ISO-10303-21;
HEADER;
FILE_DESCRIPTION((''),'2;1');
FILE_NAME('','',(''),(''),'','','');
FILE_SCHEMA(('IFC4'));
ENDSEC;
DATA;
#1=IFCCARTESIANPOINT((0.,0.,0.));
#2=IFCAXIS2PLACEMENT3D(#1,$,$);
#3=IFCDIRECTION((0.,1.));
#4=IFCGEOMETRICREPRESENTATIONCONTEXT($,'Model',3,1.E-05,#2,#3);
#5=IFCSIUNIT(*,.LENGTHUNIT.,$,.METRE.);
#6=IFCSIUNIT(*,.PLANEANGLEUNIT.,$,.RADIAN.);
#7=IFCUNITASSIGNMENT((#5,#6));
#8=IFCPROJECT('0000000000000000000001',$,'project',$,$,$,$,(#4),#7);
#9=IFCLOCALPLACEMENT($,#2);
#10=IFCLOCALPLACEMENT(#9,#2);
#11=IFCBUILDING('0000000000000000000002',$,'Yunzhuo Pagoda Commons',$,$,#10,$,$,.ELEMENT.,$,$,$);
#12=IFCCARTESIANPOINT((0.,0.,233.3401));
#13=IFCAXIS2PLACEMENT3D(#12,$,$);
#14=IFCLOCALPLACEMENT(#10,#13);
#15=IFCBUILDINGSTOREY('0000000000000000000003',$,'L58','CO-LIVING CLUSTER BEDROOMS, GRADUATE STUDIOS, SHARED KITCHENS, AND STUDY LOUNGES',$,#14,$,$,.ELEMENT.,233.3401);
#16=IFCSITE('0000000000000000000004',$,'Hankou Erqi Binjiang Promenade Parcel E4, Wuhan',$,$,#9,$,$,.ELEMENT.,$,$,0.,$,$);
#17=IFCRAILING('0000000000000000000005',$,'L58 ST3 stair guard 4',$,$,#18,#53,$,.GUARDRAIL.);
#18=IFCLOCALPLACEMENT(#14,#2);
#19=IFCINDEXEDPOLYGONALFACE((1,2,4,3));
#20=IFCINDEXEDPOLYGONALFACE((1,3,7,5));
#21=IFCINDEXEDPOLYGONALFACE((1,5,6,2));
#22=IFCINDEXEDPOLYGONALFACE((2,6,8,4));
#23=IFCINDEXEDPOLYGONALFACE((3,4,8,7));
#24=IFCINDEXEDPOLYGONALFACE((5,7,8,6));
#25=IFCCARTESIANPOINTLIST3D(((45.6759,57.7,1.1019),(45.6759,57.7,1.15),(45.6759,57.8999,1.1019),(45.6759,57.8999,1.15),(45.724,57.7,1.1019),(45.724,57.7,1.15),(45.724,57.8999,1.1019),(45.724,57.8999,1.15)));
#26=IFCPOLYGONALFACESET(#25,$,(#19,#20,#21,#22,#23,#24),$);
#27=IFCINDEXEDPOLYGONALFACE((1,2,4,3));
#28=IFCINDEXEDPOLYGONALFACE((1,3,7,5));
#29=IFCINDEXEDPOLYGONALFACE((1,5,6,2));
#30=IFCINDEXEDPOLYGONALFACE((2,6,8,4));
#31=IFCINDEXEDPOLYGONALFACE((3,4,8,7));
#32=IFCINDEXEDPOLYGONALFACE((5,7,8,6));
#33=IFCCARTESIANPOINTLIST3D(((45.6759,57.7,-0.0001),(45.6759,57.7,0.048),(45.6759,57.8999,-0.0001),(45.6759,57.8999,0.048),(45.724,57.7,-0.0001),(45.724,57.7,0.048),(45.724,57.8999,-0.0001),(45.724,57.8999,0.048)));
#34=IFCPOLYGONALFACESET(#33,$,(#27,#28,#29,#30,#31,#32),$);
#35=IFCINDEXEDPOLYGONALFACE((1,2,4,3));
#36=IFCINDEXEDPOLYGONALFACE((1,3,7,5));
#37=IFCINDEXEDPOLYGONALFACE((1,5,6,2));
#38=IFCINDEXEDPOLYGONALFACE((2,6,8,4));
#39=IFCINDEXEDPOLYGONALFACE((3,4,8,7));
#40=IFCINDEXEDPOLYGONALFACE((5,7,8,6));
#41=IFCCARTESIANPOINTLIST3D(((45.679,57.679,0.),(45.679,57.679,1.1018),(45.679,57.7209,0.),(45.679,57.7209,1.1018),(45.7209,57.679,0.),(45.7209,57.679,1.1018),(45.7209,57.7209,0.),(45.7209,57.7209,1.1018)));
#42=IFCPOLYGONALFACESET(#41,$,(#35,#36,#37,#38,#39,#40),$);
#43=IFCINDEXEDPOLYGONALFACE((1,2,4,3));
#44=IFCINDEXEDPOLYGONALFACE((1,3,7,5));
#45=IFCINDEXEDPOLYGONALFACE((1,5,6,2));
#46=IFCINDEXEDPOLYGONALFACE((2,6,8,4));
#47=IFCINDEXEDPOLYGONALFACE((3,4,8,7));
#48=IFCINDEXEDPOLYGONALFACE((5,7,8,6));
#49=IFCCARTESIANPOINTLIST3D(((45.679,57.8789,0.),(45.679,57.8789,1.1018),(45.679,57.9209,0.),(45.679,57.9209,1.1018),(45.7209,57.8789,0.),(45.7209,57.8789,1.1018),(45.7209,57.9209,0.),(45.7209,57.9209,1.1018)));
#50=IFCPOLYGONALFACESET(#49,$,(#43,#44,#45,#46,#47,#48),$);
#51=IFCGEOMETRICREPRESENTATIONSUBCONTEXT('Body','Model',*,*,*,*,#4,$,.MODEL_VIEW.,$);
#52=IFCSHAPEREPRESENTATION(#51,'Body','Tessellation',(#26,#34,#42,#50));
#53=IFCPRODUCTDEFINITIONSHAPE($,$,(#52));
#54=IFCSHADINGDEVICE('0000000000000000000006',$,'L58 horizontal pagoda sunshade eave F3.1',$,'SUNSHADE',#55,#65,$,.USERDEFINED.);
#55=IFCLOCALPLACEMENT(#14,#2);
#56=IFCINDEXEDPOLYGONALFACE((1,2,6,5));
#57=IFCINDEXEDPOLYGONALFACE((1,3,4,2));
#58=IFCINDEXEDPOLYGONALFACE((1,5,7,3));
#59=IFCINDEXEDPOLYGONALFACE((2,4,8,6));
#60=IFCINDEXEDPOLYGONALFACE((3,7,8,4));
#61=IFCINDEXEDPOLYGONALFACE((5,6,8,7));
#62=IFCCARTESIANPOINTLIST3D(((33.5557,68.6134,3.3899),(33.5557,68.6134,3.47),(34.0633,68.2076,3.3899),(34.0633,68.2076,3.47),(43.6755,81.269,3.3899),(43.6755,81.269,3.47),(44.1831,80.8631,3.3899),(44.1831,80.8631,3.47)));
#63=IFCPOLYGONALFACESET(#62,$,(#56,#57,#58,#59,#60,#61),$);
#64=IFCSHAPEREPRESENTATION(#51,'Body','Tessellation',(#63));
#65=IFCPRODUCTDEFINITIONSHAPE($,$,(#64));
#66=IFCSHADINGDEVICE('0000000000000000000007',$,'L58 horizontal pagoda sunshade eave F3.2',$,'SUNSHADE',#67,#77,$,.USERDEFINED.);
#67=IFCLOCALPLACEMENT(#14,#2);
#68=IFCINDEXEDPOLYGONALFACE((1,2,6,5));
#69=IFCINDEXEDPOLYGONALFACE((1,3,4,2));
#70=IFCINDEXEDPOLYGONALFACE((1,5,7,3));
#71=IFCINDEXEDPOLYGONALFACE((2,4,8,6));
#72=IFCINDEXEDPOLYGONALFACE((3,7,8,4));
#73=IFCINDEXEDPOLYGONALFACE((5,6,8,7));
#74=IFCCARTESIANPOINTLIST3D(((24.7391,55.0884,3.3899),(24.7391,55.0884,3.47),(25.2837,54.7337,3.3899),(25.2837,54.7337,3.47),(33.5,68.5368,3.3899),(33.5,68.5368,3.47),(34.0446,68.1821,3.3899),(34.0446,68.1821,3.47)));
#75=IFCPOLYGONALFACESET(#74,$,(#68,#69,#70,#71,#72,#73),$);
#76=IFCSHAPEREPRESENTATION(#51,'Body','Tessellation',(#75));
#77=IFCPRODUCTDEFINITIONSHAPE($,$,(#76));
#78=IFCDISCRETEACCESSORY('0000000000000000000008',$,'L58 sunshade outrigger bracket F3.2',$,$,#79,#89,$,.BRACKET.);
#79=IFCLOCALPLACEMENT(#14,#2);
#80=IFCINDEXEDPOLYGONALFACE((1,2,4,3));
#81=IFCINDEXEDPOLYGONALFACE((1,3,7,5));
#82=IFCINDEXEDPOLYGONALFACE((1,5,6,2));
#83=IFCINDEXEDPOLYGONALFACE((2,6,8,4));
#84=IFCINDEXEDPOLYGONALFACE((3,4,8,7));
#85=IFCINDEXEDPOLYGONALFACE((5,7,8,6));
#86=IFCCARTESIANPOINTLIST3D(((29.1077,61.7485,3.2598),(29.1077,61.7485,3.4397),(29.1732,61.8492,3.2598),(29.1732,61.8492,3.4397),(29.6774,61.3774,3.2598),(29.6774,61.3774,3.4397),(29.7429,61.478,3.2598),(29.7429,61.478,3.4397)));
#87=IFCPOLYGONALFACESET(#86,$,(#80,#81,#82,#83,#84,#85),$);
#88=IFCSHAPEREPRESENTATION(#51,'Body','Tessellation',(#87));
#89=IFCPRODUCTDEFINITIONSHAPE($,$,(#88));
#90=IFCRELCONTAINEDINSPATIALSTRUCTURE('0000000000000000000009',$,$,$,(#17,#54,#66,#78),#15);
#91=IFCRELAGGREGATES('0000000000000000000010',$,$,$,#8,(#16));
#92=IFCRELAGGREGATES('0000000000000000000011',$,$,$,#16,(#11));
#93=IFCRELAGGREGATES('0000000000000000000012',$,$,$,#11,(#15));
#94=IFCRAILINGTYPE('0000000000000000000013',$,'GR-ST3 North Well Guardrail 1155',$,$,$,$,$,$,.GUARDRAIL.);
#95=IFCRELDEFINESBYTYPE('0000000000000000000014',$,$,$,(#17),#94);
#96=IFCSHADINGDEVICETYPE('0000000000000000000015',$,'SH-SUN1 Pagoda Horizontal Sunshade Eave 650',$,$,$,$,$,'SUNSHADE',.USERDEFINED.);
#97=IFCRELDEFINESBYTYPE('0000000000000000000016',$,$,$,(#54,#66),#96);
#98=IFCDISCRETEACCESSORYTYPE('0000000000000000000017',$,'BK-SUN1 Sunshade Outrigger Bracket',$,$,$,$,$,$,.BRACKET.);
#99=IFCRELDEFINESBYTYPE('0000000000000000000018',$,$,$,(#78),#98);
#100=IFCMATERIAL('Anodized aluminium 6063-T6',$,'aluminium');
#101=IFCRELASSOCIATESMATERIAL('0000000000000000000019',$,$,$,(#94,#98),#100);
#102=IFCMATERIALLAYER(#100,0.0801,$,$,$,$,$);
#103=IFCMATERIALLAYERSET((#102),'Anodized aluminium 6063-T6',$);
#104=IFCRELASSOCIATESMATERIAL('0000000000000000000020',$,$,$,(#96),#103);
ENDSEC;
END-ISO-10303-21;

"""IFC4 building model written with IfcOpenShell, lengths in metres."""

from ifc_helpers import new_model, si_unit, direction, frame, origin, origin_2d, place, context, subcontext, project, spatial, rectangle, extrude, source, transform, mapped, material, layer, layer_set, type_object, element, save


model = new_model("IFC4")

# Units and contexts
model_context = context("Model", 3, precision=1e-05, world=origin(), true_north=direction((0.0, 1.0)))
body_context = subcontext(model_context, "Body", "Model", "MODEL_VIEW")
ifc_project = project(units=[si_unit("LENGTHUNIT", "METRE"), si_unit("PLANEANGLEUNIT", "RADIAN")], contexts=[model_context])

# Site, building, storey
site_placement = place(None, origin())
site = spatial("IfcSite", under=ifc_project, at=site_placement, Name="Hankou Erqi Binjiang Promenade Parcel E4, Wuhan", CompositionType="ELEMENT", RefElevation=0.0)
building_placement = place(site_placement, origin())
building = spatial("IfcBuilding", under=site, at=building_placement, Name="Yunzhuo Pagoda Commons", CompositionType="ELEMENT")
storey_placement = place(building_placement, frame((0.0, 0.0, 233.3401)))
storey = spatial("IfcBuildingStorey", under=building, at=storey_placement, Name="L58", Description="CO-LIVING CLUSTER BEDROOMS, GRADUATE STUDIOS, SHARED KITCHENS, AND STUDY LOUNGES", CompositionType="ELEMENT", Elevation=233.3401)

# Shared definitions
ifc_material_1 = material(Name="Anodized aluminium 6063-T6", Category="aluminium")

# Railing
railing_type = type_object("IfcRailingType", Name="GR-ST3 North Well Guardrail 1155", PredefinedType="GUARDRAIL", material=ifc_material_1)
railing_placement = place(storey_placement, frame((45.7, 57.7, 0.0)))
element("IfcRailing", 1, at=railing_placement, inside=storey, type_object=railing_type, Name="L58 ST3 stair guard 4", PredefinedType="GUARDRAIL", context=body_context, shape_type="SweptSolid", body=[
    extrude(rectangle(XDim=0.0481, YDim=0.0481, at=origin_2d()), frame((0.0, 0.0, 1.126), z_axis=(0.0, 1.0, 0.0), x_axis=(-1.0, 0.0, 0.0)), (0.0, 0.0, 1.0), 0.2),
    extrude(rectangle(XDim=0.0481, YDim=0.0481, at=origin_2d()), frame((0.0, 0.0, 0.0239), z_axis=(0.0, 1.0, 0.0), x_axis=(-1.0, 0.0, 0.0)), (0.0, 0.0, 1.0), 0.2),
    extrude(rectangle(XDim=0.042, YDim=0.042, at=origin_2d()), origin(), (0.0, 0.0, 1.0), 1.1018),
    extrude(rectangle(XDim=0.042, YDim=0.042, at=origin_2d()), frame((0.0, 0.2, 0.0)), (0.0, 0.0, 1.0), 1.1018),
])

# Shading devices
ifc_layer_1 = layer(ifc_material_1, 0.0801)
ifc_layer_set_1 = layer_set([ifc_layer_1], Name="Anodized aluminium 6063-T6")
shading_device_type = type_object("IfcShadingDeviceType", Name="SH-SUN1 Pagoda Horizontal Sunshade Eave 650", ElementType="SUNSHADE", PredefinedType="USERDEFINED", material=ifc_layer_set_1)
shared_shape_1 = source(origin(), body_context, "Body", "SweptSolid", [
    extrude(rectangle(XDim=16.2041, YDim=0.6499, at=origin_2d()), origin(), (0.0, 0.0, 1.0), 0.0801),
])
shading_device_1_placement = place(storey_placement, frame((38.8694, 74.7383, 3.3899), z_axis=(0.0, 0.0, 1.0), x_axis=(-0.62452, -0.781008, 0.0)))
element("IfcShadingDevice", 2, at=shading_device_1_placement, inside=storey, type_object=shading_device_type, Name="L58 horizontal pagoda sunshade eave F3.1", ObjectType="SUNSHADE", PredefinedType="USERDEFINED", context=body_context, shape_type="MappedRepresentation", body=[
    mapped(shared_shape_1, transform((0.0, 0.0, 0.0), scale=1.0)),
])
shared_shape_2 = source(origin(), body_context, "Body", "SweptSolid", [
    extrude(rectangle(XDim=16.0503, YDim=0.6499, at=origin_2d()), origin(), (0.0, 0.0, 1.0), 0.0801),
])
shading_device_2_placement = place(storey_placement, frame((29.3918, 61.6353, 3.3899), z_axis=(0.0, 0.0, 1.0), x_axis=(-0.545839, -0.83789, 0.0)))
element("IfcShadingDevice", 3, at=shading_device_2_placement, inside=storey, type_object=shading_device_type, Name="L58 horizontal pagoda sunshade eave F3.2", ObjectType="SUNSHADE", PredefinedType="USERDEFINED", context=body_context, shape_type="MappedRepresentation", body=[
    mapped(shared_shape_2, transform((0.0, 0.0, 0.0), scale=1.0)),
])

# Discrete accessory
discrete_accessory_type = type_object("IfcDiscreteAccessoryType", Name="BK-SUN1 Sunshade Outrigger Bracket", PredefinedType="BRACKET", material=ifc_material_1)
shared_shape_3 = source(origin(), body_context, "Body", "SweptSolid", [
    extrude(rectangle(XDim=0.1201, YDim=0.6799, at=origin_2d()), origin(), (0.0, 0.0, 1.0), 0.1799),
])
discrete_accessory_placement = place(storey_placement, frame((29.4253, 61.6133, 3.2598), z_axis=(0.0, 0.0, 1.0), x_axis=(-0.545839, -0.83789, 0.0)))
element("IfcDiscreteAccessory", 4, at=discrete_accessory_placement, inside=storey, type_object=discrete_accessory_type, Name="L58 sunshade outrigger bracket F3.2", PredefinedType="BRACKET", context=body_context, shape_type="MappedRepresentation", body=[
    mapped(shared_shape_3, transform((0.0, 0.0, 0.0), scale=1.0)),
])

save(model, "model.ifc")
